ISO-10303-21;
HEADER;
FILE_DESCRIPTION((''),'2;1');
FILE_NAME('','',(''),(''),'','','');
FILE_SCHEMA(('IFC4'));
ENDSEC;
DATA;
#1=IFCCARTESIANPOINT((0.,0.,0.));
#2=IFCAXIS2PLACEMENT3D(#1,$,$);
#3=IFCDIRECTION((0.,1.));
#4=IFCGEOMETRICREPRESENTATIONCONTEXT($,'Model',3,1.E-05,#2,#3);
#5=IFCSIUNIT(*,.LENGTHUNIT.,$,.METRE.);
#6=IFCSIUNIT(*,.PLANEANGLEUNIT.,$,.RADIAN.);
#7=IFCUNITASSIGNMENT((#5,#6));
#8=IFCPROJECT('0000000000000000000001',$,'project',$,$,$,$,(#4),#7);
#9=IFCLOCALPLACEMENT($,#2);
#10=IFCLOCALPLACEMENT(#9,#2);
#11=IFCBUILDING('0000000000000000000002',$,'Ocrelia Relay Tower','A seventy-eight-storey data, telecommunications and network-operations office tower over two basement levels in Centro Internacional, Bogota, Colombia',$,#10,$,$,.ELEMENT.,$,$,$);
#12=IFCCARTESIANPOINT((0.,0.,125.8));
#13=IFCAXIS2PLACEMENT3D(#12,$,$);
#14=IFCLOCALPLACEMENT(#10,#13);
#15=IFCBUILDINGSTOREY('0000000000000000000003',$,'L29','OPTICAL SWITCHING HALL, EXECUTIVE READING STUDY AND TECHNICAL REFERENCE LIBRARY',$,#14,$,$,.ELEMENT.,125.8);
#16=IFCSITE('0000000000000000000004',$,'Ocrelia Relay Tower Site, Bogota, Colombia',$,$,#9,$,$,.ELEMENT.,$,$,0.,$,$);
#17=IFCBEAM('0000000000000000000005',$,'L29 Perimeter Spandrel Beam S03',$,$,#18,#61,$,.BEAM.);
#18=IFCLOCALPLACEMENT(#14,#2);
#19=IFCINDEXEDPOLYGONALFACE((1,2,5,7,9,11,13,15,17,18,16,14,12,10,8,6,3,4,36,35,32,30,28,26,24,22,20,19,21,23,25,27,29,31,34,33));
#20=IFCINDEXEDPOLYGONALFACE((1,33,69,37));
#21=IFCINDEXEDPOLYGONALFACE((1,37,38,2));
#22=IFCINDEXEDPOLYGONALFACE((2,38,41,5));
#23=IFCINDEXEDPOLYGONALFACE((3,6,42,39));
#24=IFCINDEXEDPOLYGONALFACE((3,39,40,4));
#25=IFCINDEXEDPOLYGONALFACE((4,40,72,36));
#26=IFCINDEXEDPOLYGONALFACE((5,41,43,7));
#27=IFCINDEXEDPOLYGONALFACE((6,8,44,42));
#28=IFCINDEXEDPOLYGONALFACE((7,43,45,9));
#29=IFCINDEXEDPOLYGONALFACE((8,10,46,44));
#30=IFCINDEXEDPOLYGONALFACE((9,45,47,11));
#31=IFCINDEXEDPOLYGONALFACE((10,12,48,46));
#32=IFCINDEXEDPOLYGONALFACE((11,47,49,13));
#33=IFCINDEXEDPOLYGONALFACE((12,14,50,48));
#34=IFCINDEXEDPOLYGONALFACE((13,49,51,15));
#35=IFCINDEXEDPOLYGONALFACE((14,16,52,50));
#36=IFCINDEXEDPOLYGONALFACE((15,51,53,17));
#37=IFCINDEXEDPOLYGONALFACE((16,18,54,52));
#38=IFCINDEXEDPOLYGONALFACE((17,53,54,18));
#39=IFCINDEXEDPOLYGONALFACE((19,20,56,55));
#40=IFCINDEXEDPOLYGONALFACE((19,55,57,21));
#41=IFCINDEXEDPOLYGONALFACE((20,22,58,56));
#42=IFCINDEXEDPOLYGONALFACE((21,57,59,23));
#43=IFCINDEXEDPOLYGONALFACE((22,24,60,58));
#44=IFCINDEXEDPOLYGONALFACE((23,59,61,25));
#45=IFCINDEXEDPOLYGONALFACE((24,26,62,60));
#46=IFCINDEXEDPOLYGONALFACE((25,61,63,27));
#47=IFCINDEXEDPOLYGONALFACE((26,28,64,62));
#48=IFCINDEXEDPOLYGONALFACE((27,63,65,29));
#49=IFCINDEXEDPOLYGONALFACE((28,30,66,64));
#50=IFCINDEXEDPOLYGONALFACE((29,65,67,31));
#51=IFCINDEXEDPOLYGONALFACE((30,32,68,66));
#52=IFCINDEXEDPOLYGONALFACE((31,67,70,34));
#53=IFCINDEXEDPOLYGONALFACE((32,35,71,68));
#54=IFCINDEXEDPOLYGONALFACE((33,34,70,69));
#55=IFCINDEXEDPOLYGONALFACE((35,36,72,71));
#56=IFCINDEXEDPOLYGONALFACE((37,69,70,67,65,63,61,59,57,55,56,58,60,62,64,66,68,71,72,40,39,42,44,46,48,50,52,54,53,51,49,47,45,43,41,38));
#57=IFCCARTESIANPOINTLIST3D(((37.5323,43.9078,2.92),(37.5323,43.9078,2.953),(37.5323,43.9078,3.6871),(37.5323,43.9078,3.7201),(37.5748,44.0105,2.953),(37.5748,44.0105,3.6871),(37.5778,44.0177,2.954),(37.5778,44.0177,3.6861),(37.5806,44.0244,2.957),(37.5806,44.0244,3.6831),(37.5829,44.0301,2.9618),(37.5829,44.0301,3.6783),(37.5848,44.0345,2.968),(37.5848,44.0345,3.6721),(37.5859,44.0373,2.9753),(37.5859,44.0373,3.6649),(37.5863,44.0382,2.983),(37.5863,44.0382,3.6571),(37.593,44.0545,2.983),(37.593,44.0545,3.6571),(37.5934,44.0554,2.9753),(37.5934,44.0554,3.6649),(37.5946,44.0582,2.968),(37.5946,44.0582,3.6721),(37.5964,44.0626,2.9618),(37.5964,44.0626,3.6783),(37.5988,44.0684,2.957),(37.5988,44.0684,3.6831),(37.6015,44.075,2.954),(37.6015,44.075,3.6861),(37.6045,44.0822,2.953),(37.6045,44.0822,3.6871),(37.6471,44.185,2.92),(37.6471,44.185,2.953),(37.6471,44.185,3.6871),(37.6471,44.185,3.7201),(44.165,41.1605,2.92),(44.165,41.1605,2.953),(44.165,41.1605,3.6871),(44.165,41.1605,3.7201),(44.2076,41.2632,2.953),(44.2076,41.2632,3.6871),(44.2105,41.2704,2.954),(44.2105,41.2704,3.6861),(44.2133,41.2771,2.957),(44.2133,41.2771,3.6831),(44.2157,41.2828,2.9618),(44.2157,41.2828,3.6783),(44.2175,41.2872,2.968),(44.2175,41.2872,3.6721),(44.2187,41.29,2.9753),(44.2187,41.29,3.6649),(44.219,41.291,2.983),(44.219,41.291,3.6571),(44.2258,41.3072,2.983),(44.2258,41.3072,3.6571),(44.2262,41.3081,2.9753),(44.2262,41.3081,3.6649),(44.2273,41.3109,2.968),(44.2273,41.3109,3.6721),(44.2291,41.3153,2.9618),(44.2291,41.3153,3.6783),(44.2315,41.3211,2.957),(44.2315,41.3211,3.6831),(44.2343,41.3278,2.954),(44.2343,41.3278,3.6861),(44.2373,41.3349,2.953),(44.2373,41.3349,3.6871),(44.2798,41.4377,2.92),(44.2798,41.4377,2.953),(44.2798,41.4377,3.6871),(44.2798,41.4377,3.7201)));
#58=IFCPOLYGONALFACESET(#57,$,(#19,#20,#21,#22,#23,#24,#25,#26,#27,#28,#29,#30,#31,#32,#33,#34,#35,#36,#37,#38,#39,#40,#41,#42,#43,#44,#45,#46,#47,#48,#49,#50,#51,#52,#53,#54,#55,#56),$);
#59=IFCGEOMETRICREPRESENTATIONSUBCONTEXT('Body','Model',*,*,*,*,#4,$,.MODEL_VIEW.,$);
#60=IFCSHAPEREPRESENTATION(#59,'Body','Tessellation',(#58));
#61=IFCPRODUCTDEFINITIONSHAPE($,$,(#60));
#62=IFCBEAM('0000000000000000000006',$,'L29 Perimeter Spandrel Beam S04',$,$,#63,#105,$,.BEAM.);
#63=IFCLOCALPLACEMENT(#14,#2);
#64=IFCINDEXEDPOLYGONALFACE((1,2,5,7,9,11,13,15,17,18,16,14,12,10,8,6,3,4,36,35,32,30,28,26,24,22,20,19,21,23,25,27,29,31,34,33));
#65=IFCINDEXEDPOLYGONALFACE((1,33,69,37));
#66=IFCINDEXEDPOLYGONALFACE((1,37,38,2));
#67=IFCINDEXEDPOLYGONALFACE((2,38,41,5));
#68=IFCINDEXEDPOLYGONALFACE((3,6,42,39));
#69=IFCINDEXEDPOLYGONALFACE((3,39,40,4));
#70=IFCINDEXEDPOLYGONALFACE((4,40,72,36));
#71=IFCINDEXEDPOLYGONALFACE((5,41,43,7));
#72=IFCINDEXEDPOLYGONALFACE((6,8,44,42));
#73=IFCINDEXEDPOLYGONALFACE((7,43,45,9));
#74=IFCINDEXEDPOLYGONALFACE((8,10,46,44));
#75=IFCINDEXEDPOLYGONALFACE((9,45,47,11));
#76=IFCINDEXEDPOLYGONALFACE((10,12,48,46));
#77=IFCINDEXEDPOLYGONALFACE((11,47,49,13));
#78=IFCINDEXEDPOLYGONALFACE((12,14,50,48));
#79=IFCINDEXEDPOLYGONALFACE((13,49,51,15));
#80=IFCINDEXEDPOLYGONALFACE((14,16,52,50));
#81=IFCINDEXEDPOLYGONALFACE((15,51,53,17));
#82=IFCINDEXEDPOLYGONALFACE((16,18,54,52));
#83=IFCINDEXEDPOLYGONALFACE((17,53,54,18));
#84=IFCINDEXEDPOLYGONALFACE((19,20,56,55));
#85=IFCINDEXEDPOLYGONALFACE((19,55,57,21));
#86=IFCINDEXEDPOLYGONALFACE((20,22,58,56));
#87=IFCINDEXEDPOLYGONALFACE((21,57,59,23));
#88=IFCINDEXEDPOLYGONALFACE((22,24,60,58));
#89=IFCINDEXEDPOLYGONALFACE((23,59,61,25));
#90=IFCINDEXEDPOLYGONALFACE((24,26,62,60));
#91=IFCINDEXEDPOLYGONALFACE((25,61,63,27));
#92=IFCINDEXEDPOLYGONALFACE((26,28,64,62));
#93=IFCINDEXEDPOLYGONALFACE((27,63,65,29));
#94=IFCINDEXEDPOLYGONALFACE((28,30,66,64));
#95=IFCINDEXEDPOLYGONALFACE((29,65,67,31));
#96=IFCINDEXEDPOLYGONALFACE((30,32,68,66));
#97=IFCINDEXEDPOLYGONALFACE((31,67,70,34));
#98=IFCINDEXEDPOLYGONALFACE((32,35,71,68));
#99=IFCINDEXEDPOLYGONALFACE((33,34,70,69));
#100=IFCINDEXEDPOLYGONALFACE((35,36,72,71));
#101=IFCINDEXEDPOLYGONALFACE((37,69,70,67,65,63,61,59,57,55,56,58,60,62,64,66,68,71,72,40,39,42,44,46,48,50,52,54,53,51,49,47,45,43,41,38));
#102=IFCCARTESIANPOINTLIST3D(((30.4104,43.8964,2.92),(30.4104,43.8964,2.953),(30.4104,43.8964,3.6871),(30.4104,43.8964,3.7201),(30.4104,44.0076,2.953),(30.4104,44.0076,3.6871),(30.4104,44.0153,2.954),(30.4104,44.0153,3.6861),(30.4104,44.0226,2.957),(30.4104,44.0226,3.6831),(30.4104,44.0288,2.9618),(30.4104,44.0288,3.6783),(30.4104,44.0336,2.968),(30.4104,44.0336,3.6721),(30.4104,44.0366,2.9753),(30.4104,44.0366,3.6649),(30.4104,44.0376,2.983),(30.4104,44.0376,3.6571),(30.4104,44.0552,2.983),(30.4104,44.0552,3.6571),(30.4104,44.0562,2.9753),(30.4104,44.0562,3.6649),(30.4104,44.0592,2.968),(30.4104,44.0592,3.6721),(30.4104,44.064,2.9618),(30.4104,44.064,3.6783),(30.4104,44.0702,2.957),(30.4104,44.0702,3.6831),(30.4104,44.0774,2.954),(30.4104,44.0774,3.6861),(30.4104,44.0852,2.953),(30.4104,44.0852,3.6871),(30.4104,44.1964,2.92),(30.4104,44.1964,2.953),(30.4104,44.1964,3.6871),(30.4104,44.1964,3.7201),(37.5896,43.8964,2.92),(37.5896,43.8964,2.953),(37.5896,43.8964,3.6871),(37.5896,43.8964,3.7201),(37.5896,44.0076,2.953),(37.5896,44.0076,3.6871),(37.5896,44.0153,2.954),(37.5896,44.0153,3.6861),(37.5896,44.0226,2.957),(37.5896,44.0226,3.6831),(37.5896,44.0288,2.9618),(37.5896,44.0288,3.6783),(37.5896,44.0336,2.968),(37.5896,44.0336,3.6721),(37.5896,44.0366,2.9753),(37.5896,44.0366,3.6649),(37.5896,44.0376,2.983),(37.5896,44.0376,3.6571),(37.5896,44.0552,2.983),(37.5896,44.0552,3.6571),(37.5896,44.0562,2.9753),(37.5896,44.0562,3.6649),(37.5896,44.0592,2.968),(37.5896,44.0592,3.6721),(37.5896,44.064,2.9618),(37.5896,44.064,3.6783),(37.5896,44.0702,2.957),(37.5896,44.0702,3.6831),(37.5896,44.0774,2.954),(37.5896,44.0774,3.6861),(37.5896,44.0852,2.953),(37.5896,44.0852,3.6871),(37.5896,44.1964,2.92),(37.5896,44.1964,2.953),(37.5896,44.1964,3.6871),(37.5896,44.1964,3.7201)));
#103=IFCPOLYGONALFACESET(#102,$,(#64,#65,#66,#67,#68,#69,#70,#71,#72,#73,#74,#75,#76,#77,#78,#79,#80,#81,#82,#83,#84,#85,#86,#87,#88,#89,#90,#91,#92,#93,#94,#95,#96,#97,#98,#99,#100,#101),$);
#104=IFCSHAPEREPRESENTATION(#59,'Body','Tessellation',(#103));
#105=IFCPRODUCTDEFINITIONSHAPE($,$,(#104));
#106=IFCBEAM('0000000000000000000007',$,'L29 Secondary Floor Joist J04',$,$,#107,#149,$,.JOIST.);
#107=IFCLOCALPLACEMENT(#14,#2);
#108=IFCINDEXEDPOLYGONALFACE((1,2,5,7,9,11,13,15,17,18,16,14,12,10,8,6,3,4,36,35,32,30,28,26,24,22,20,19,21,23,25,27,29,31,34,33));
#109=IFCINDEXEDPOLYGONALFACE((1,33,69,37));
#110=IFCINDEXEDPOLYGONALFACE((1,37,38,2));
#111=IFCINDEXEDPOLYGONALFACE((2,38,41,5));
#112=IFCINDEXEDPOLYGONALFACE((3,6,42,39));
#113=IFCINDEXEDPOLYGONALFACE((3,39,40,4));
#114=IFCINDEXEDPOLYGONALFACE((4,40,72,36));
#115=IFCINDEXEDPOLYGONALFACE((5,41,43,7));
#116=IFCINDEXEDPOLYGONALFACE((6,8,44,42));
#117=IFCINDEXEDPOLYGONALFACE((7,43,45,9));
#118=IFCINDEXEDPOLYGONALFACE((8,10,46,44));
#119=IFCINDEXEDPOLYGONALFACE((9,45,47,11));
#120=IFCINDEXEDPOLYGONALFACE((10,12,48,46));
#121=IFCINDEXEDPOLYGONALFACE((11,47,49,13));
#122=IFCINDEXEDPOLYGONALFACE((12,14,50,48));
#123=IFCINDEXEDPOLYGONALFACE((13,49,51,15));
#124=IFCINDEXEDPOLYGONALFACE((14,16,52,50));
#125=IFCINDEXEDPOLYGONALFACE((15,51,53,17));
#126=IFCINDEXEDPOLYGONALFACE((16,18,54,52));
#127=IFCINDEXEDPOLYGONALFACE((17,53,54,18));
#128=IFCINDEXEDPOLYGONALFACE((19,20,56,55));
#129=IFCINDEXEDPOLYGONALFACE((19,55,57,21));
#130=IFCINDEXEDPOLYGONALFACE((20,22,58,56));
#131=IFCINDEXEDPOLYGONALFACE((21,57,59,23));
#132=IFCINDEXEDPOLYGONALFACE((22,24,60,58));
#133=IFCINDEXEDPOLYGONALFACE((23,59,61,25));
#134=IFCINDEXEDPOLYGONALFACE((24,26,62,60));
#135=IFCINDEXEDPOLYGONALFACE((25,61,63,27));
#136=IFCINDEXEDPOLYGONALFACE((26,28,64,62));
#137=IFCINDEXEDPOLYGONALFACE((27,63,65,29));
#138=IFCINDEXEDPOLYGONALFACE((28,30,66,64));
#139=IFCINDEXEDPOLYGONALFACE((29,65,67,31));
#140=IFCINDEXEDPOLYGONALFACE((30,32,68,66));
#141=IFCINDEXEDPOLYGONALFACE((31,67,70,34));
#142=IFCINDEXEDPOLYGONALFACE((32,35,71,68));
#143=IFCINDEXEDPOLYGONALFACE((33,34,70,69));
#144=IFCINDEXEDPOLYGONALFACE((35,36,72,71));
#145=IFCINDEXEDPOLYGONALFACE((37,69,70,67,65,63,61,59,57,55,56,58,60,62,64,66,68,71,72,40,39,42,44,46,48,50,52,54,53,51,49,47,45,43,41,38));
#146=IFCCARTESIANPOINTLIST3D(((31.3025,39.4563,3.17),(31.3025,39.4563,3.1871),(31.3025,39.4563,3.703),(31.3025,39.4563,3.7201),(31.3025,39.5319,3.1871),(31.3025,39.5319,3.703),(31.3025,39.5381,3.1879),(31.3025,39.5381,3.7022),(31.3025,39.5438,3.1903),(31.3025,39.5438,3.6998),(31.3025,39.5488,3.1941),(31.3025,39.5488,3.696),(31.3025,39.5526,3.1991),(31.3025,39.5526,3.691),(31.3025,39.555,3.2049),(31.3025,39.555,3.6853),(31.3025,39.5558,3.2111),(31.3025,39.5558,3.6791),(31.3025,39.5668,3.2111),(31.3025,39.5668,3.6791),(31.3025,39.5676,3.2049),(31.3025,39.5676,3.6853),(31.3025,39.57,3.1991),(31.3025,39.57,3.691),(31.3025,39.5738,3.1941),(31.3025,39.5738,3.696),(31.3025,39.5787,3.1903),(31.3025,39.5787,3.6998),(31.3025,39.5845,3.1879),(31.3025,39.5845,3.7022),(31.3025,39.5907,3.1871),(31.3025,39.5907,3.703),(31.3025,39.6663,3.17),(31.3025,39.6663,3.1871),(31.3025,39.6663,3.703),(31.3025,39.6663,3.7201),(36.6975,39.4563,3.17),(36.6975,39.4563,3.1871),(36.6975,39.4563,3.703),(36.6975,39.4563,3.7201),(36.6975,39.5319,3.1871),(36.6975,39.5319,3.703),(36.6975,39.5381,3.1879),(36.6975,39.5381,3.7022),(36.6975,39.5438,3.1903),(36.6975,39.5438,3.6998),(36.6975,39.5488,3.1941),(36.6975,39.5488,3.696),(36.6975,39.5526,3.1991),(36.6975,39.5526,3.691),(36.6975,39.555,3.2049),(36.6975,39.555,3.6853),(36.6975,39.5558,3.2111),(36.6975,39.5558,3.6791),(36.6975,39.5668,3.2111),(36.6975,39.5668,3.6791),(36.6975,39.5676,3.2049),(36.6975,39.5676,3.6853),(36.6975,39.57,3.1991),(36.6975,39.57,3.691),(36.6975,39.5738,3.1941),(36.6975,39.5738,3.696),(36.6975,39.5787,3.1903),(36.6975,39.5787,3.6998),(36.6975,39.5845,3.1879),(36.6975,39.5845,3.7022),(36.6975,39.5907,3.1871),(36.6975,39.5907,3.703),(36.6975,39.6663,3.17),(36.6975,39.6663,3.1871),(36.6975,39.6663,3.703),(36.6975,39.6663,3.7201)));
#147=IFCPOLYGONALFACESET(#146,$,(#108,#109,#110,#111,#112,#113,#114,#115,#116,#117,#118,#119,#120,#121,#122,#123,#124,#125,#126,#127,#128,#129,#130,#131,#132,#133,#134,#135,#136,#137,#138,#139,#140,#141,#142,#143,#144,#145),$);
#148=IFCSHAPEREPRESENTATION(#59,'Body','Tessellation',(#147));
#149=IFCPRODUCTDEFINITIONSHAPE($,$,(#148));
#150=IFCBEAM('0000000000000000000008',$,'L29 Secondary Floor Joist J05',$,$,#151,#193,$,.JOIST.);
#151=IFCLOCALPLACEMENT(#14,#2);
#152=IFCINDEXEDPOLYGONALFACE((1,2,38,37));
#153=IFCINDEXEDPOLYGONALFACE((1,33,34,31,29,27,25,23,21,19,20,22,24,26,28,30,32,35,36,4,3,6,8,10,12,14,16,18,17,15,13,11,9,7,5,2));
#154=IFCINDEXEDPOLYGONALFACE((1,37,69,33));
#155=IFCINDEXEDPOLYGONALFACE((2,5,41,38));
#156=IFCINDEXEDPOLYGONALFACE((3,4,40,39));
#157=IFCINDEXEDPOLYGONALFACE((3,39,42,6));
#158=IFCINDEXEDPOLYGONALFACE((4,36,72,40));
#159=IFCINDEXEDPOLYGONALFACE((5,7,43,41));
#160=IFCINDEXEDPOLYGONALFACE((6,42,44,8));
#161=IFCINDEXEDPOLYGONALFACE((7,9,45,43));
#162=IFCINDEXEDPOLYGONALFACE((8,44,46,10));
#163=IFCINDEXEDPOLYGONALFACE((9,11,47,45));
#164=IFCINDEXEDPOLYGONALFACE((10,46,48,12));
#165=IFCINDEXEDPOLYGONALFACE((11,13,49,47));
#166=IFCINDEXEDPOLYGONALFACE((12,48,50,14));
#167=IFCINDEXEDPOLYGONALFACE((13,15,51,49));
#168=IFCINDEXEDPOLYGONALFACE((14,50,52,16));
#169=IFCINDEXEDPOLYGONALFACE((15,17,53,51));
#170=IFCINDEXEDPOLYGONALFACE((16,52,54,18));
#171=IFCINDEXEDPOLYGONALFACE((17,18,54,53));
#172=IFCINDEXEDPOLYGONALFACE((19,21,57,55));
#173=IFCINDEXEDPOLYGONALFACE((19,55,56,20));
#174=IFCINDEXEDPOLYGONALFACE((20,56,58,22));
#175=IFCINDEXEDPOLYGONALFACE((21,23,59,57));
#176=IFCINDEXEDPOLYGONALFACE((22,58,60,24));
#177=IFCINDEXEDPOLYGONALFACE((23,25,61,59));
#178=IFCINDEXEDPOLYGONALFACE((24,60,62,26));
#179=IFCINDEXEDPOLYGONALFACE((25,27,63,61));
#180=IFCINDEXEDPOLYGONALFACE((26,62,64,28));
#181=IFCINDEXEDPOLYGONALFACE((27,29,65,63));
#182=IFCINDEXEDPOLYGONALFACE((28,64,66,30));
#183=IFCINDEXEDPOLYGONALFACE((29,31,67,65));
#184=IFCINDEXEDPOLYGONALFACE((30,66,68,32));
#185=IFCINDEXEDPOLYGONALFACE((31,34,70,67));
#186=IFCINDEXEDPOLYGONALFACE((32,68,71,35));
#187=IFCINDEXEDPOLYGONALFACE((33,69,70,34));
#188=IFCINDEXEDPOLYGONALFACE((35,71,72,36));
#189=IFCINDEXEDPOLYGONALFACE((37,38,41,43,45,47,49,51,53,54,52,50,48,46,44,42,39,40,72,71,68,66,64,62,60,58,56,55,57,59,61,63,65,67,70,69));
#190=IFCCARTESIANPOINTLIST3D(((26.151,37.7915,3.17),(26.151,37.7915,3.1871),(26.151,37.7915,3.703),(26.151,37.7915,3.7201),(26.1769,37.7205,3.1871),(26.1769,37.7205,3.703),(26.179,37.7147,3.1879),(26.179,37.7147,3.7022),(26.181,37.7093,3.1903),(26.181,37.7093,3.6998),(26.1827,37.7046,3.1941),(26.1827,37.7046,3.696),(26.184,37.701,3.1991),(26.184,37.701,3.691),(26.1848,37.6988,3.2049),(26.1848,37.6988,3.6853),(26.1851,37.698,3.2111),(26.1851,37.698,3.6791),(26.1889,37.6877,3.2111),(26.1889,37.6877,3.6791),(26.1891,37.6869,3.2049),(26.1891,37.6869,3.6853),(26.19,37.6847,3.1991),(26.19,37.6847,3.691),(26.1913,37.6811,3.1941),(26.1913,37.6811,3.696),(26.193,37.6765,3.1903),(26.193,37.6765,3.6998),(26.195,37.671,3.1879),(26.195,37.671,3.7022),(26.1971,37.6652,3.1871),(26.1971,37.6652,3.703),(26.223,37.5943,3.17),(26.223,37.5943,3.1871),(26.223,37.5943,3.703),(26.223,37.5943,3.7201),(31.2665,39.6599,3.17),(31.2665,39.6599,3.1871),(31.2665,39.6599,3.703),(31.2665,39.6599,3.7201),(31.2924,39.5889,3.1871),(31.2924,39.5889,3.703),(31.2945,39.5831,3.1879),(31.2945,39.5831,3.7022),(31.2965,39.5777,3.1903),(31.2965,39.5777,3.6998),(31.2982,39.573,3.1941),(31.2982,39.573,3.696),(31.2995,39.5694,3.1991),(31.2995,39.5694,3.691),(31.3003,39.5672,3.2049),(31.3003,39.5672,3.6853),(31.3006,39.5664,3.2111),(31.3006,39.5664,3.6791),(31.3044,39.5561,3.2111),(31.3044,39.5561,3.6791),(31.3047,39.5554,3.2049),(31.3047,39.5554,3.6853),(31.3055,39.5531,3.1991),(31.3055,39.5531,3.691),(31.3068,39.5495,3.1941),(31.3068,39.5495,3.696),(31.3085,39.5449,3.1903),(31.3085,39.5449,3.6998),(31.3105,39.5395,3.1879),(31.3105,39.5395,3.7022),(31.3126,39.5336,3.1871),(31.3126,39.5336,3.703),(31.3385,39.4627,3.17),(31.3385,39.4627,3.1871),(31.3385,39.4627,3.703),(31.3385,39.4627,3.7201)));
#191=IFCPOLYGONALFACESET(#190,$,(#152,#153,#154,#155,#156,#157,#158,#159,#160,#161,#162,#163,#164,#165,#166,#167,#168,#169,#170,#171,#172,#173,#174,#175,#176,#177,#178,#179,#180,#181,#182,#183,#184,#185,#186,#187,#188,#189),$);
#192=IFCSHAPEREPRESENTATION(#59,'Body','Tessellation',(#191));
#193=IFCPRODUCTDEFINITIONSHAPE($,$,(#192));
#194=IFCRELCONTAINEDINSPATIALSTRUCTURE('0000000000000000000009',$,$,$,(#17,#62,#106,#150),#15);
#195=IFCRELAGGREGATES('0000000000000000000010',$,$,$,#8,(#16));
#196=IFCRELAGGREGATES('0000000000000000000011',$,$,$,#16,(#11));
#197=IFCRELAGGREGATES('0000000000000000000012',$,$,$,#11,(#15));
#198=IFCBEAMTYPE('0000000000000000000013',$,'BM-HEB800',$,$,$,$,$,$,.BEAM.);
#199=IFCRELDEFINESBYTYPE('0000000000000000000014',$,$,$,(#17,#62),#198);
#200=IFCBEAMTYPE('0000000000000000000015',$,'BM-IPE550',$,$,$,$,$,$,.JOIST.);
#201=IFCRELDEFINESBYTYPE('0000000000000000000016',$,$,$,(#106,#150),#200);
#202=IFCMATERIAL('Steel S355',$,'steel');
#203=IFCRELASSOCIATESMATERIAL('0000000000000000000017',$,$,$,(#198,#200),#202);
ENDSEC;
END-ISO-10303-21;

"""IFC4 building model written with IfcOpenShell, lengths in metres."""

from ifc_helpers import new_model, si_unit, direction, frame, origin, origin_2d, place, context, subcontext, project, spatial, i_section, extrude, material, material_profile, profile_set, type_object, element, save


model = new_model("IFC4")

# Units and contexts
model_context = context("Model", 3, precision=1e-05, world=origin(), true_north=direction((0.0, 1.0)))
body_context = subcontext(model_context, "Body", "Model", "MODEL_VIEW")
ifc_project = project(units=[si_unit("LENGTHUNIT", "METRE"), si_unit("PLANEANGLEUNIT", "RADIAN")], contexts=[model_context])

# Site, building, storey
site_placement = place(None, origin())
site = spatial("IfcSite", under=ifc_project, at=site_placement, Name="Ocrelia Relay Tower Site, Bogota, Colombia", CompositionType="ELEMENT", RefElevation=0.0)
building_placement = place(site_placement, origin())
building = spatial("IfcBuilding", under=site, at=building_placement, Name="Ocrelia Relay Tower", Description="A seventy-eight-storey data, telecommunications and network-operations office tower over two basement levels in Centro Internacional, Bogota, Colombia", CompositionType="ELEMENT")
storey_placement = place(building_placement, frame((0.0, 0.0, 125.8)))
storey = spatial("IfcBuildingStorey", under=building, at=storey_placement, Name="L29", Description="OPTICAL SWITCHING HALL, EXECUTIVE READING STUDY AND TECHNICAL REFERENCE LIBRARY", CompositionType="ELEMENT", Elevation=125.8)

# Beams
ifc_material_1 = material(Name="Steel S355", Category="steel")
ifc_material_profile_1 = material_profile(ifc_material_1, i_section(OverallWidth=0.3, OverallDepth=0.8, WebThickness=0.0176, FlangeThickness=0.033, FilletRadius=0.03, at=origin_2d()), Name="HEB 800")
ifc_profile_set_1 = profile_set([ifc_material_profile_1], Name="Steel S355")
beam_type_1 = type_object("IfcBeamType", Name="BM-HEB800", PredefinedType="BEAM", material=ifc_profile_set_1)
for number, where, z_axis, x_axis, name in (
    (1, (44.2224, 41.2991, 3.3201), (-0.923884, 0.382673, 0.0), (-0.382673, -0.923884, 0.0), "L29 Perimeter Spandrel Beam S03"),
    (2, (37.5896, 44.0464, 3.3201), (-1.0, 0.0, 0.0), (0.0, -1.0, 0.0), "L29 Perimeter Spandrel Beam S04"),
):
    element("IfcBeam", number, at=place(storey_placement, frame(where, z_axis=z_axis, x_axis=x_axis)), inside=storey, type_object=beam_type_1, Name=name, PredefinedType="BEAM", context=body_context, shape_type="SweptSolid", body=[
        extrude(i_section(OverallWidth=0.3, OverallDepth=0.8, WebThickness=0.0176, FlangeThickness=0.033, FilletRadius=0.03, at=origin_2d()), origin(), (0.0, 0.0, 1.0), 7.1792),
    ])
ifc_material_profile_2 = material_profile(ifc_material_1, i_section(OverallWidth=0.21, OverallDepth=0.55, WebThickness=0.011, FlangeThickness=0.0171, FilletRadius=0.0239, at=origin_2d()), Name="IPE 550")
ifc_profile_set_2 = profile_set([ifc_material_profile_2], Name="Steel S355")
beam_type_2 = type_object("IfcBeamType", Name="BM-IPE550", PredefinedType="JOIST", material=ifc_profile_set_2)
beam_1_placement = place(storey_placement, frame((36.6975, 39.5613, 3.4451), z_axis=(-1.0, 0.0, 0.0), x_axis=(0.0, -1.0, 0.0)))
element("IfcBeam", 3, at=beam_1_placement, inside=storey, type_object=beam_type_2, Name="L29 Secondary Floor Joist J04", PredefinedType="JOIST", context=body_context, shape_type="SweptSolid", body=[
    extrude(i_section(OverallWidth=0.21, OverallDepth=0.55, WebThickness=0.011, FlangeThickness=0.0171, FilletRadius=0.0239, at=origin_2d()), origin(), (0.0, 0.0, 1.0), 5.395),
])
beam_2_placement = place(storey_placement, frame((31.3025, 39.5613, 3.4451), z_axis=(-0.939307, -0.343078, 0.0), x_axis=(0.343078, -0.939307, 0.0)))
element("IfcBeam", 4, at=beam_2_placement, inside=storey, type_object=beam_type_2, Name="L29 Secondary Floor Joist J05", PredefinedType="JOIST", context=body_context, shape_type="SweptSolid", body=[
    extrude(i_section(OverallWidth=0.21, OverallDepth=0.55, WebThickness=0.011, FlangeThickness=0.0171, FilletRadius=0.0239, at=origin_2d()), origin(), (0.0, 0.0, 1.0), 5.446),
])

save(model, "model.ifc")
